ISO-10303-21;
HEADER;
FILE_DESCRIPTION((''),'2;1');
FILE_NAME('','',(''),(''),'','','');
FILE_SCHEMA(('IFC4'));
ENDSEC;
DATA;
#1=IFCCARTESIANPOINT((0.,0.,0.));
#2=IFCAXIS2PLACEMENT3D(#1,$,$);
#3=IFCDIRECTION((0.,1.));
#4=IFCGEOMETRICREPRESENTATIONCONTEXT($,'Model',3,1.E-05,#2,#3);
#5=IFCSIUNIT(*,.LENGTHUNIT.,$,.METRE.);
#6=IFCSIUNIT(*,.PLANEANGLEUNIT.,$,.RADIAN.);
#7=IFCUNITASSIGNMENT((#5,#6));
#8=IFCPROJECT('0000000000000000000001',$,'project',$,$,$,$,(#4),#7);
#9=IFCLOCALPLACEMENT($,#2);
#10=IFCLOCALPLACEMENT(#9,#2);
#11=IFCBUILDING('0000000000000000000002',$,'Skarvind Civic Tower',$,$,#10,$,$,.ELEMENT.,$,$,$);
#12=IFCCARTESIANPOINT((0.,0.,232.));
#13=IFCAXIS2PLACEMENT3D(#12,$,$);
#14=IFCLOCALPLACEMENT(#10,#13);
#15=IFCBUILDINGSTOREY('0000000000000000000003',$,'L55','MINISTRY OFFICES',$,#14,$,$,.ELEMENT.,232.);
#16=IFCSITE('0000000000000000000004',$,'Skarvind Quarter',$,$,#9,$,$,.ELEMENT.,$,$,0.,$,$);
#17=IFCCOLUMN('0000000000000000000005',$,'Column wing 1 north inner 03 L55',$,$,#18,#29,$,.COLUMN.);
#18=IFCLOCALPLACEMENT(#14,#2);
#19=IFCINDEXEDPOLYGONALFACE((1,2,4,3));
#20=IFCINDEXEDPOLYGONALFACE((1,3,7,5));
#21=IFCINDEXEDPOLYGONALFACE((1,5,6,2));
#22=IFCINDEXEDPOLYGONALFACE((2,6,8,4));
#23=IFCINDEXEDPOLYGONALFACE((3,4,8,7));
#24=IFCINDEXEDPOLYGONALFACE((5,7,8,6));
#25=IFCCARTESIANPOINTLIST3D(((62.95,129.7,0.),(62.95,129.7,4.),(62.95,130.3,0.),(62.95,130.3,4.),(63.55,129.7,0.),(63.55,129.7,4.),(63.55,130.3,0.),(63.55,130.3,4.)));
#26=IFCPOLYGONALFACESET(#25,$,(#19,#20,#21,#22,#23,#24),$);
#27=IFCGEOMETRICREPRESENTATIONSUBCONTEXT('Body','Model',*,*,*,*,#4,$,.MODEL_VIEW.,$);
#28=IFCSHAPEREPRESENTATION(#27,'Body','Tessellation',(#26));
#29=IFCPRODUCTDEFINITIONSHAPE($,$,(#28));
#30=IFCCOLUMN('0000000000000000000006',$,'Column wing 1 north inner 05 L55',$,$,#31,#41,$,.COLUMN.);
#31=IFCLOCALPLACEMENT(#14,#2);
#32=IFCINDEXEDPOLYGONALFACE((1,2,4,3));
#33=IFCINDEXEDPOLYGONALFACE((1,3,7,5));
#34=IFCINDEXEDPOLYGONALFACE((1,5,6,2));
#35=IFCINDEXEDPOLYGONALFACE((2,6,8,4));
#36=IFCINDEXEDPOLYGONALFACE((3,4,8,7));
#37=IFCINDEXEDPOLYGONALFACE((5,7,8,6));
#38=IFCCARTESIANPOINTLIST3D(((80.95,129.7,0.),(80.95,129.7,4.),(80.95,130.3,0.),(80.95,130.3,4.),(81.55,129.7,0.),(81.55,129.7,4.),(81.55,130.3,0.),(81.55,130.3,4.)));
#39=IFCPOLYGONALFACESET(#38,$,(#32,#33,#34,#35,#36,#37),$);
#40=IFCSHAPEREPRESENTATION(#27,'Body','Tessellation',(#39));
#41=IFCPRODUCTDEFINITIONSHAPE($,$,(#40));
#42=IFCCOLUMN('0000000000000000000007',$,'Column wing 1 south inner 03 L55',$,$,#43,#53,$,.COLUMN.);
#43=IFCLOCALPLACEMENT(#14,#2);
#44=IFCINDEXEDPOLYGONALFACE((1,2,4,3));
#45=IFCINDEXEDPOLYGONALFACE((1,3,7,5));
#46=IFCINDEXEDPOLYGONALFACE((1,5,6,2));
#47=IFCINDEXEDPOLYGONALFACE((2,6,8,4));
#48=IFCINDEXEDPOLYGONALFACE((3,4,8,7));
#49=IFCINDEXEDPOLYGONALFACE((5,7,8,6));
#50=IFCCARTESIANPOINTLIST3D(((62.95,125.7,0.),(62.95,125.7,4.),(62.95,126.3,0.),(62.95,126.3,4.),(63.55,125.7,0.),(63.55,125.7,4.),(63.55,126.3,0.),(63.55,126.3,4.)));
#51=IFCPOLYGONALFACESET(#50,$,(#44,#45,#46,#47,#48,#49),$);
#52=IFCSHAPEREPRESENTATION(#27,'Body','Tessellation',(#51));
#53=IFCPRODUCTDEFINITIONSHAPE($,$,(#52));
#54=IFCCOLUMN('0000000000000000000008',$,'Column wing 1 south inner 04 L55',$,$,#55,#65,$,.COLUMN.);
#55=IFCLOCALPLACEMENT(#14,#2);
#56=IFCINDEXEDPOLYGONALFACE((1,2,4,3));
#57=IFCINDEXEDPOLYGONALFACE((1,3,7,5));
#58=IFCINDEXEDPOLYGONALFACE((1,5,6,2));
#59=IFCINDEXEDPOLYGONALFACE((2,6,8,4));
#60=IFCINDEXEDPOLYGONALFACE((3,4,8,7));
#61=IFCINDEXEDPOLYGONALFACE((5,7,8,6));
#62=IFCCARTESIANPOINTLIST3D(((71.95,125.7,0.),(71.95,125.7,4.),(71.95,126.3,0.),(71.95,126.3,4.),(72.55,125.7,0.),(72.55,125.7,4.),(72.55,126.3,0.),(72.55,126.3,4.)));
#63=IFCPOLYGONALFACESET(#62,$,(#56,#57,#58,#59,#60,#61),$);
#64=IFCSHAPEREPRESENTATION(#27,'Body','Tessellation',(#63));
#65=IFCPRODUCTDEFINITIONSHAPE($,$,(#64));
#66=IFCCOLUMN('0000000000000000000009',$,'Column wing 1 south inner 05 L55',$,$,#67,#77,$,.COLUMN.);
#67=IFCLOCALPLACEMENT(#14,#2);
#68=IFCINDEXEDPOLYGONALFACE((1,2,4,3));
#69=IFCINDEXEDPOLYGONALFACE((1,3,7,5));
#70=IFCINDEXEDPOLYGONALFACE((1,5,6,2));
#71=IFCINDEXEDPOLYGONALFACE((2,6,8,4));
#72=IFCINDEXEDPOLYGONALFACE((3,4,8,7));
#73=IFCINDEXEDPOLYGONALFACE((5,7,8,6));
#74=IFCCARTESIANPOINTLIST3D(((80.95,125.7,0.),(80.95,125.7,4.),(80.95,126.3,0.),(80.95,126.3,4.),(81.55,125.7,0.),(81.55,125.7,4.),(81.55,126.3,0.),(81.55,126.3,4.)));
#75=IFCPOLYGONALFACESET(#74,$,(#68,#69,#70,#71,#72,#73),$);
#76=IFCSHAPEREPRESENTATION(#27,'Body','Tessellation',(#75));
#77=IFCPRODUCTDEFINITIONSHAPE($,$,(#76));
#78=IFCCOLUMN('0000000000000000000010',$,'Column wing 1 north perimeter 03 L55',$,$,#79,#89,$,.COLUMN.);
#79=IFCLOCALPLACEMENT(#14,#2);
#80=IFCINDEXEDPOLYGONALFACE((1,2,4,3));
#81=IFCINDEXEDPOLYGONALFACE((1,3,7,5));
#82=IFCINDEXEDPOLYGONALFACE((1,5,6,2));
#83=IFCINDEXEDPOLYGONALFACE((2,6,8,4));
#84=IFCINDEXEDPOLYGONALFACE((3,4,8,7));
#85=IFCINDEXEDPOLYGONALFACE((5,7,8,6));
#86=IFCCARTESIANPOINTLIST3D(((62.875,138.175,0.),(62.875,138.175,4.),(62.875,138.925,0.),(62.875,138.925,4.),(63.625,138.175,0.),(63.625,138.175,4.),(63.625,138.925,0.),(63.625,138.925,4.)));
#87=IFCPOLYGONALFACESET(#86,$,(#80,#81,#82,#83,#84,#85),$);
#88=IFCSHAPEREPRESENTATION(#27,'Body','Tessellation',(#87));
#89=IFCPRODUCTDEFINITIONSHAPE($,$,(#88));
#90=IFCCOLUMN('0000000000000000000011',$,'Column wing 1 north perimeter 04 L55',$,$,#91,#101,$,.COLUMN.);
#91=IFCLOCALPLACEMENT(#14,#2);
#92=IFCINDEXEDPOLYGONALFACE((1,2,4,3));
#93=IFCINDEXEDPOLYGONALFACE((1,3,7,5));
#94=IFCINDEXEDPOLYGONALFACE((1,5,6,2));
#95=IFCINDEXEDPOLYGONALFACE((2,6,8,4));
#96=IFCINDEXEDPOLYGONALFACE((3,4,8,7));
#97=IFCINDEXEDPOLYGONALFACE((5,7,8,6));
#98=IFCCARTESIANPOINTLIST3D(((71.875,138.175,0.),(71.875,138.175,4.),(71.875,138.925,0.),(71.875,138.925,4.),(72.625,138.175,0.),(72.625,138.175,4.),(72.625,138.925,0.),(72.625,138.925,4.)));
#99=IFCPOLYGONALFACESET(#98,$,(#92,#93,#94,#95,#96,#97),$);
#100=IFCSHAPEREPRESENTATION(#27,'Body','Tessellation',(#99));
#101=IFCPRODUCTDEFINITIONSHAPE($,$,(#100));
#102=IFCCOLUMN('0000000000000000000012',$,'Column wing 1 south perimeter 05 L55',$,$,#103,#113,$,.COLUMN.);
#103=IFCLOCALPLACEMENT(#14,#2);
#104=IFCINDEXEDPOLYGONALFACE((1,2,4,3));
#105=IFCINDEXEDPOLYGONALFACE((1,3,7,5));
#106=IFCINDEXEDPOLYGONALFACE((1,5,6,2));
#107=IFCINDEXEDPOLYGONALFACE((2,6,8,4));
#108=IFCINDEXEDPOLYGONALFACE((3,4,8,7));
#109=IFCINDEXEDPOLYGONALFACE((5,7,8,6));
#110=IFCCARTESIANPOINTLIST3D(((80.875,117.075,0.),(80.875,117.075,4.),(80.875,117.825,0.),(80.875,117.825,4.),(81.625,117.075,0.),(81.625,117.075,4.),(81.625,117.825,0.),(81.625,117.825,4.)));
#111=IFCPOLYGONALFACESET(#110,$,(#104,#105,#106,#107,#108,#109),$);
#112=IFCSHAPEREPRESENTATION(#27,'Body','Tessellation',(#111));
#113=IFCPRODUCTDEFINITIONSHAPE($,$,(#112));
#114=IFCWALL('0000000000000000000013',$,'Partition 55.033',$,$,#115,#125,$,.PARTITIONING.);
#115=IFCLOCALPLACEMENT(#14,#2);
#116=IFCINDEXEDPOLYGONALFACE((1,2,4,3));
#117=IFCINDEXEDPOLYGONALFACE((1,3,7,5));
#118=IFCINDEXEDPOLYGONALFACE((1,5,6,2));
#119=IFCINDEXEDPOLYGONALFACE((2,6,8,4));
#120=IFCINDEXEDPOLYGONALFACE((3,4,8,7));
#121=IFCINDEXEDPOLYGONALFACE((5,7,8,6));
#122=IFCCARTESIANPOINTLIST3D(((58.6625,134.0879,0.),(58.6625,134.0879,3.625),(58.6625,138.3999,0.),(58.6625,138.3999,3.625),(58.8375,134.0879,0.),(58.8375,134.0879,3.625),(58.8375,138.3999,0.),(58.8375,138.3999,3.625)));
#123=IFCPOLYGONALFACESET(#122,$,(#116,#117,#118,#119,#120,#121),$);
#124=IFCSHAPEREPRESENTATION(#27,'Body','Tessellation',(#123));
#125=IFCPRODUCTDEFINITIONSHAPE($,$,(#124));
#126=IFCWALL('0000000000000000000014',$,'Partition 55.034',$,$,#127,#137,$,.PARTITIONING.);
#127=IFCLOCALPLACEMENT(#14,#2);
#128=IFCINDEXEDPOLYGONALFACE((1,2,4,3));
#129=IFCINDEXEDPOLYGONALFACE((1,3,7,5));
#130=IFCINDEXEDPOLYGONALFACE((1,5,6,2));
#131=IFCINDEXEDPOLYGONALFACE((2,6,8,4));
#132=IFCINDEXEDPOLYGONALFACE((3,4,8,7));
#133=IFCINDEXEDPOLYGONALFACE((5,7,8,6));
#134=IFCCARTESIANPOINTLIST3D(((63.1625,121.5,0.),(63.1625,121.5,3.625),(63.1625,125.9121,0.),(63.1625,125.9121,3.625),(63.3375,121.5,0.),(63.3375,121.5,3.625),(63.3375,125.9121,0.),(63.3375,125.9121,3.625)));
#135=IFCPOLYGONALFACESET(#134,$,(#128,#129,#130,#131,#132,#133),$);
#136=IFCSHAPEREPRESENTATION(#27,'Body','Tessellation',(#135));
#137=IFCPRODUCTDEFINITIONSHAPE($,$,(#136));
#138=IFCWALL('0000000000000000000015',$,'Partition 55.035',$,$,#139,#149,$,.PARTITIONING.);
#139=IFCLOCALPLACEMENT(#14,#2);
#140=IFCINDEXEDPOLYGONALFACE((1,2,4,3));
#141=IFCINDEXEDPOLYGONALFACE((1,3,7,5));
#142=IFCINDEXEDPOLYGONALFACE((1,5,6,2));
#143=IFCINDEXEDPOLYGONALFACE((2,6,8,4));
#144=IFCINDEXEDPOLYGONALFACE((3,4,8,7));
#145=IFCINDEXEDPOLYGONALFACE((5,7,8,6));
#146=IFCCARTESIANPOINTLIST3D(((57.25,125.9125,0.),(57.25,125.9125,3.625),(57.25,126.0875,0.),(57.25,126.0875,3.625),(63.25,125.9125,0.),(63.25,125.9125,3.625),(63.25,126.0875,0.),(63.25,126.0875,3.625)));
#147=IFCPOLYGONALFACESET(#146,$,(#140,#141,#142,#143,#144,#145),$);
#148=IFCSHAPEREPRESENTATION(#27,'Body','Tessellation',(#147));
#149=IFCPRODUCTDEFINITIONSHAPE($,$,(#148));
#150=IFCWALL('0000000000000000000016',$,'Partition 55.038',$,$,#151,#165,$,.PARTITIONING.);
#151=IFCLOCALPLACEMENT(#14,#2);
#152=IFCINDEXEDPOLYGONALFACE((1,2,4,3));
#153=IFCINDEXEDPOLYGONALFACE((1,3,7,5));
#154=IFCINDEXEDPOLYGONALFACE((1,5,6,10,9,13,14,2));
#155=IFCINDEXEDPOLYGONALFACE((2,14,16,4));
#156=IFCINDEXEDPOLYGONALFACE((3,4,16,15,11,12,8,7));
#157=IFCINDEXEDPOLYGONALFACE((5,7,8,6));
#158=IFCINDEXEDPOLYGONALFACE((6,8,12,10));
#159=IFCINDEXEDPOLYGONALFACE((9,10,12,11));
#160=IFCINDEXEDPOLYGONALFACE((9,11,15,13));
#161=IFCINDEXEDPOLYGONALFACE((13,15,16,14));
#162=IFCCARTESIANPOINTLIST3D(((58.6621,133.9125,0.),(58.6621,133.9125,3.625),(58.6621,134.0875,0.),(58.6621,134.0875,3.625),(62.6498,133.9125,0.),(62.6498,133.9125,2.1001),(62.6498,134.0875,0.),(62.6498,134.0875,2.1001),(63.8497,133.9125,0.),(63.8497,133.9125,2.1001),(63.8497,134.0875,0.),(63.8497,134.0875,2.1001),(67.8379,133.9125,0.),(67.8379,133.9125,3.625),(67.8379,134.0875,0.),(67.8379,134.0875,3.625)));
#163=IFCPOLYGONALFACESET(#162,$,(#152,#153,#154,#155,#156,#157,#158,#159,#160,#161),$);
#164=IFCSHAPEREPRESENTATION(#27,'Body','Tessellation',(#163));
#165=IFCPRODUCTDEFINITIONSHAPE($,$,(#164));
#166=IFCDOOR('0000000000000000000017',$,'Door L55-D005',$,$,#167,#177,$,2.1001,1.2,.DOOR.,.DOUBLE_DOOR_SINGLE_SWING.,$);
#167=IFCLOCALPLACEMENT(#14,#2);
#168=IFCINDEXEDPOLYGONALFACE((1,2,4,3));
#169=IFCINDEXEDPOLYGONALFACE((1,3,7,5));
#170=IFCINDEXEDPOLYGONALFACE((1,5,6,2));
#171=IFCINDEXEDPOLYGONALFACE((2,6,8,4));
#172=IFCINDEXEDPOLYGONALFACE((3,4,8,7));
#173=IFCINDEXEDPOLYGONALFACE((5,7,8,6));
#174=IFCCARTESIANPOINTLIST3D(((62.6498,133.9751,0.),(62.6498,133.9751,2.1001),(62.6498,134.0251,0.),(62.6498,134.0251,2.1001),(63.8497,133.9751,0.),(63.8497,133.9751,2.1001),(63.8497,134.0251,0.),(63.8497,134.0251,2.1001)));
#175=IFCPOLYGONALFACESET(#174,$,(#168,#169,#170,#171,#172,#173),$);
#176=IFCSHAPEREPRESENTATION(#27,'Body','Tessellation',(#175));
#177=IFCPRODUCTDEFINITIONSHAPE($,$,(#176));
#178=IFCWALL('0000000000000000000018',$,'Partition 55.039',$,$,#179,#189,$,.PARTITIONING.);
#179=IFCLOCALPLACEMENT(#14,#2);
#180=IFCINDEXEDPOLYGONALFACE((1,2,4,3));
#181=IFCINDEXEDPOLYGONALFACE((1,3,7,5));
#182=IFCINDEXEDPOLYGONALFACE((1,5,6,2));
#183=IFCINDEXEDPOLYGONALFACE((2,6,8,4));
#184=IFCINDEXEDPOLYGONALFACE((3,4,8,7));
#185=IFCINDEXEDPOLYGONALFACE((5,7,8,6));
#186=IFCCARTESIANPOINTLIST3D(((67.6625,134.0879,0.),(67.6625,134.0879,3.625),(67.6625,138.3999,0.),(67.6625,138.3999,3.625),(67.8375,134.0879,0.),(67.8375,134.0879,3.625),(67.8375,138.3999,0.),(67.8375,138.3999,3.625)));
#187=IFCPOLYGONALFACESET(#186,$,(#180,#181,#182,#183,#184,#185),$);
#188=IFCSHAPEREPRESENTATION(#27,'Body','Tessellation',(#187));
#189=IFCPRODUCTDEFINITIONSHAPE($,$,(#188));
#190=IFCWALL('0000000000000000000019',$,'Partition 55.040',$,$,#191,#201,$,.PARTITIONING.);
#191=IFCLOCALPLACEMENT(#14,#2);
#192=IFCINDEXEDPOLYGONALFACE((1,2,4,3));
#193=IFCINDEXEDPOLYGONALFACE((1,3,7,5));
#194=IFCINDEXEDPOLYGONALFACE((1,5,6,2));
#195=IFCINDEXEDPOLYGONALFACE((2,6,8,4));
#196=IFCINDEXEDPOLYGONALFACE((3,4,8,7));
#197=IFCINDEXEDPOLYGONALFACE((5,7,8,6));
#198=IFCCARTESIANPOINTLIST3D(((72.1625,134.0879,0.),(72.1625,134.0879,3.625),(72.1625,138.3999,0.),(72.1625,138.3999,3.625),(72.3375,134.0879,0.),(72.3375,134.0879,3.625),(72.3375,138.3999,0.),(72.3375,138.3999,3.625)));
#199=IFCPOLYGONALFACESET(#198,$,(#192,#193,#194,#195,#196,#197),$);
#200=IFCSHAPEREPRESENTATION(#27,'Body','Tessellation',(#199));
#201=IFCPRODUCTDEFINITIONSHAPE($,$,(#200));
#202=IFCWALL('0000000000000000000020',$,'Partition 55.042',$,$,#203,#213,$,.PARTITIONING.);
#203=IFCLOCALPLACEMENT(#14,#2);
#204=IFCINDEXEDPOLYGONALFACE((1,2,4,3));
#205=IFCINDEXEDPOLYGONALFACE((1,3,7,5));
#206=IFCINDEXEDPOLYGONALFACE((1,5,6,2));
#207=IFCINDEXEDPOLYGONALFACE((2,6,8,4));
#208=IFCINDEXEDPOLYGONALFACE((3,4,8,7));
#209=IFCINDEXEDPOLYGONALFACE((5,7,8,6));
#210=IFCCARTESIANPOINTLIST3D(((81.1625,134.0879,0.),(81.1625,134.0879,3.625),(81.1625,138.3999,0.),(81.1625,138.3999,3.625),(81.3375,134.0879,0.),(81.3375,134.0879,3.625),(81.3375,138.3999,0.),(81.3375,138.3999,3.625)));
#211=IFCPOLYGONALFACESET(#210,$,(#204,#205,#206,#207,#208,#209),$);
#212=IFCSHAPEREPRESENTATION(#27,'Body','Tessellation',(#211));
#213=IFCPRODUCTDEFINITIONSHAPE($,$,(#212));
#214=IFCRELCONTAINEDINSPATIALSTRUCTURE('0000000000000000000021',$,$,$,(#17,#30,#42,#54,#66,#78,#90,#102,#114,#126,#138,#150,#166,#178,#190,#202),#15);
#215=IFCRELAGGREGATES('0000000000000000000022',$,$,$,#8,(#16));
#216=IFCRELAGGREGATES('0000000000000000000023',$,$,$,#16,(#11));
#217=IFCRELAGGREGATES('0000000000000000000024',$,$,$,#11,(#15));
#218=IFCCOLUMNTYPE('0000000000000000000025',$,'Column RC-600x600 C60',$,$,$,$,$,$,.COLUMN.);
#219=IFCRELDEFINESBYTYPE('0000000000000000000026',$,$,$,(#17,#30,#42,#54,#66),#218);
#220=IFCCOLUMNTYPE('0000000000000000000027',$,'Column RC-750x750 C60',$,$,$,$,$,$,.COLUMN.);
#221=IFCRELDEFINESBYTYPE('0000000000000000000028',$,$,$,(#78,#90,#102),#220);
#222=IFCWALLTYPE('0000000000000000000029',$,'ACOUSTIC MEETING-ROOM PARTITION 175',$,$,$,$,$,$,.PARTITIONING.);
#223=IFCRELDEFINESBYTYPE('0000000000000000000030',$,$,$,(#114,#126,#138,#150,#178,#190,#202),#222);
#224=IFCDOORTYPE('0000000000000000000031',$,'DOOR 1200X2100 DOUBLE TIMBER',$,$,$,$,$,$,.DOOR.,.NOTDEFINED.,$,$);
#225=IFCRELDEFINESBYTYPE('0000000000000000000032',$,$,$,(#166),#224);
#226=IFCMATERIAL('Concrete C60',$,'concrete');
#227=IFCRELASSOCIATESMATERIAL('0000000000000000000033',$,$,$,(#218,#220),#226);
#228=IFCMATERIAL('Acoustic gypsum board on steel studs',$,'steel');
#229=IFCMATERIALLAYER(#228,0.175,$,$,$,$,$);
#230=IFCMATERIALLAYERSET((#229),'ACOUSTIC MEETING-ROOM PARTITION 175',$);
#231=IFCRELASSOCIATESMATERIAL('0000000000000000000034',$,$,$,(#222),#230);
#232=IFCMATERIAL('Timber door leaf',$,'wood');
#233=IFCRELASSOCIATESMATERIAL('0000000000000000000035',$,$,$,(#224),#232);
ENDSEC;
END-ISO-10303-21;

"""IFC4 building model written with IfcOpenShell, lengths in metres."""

from ifc_helpers import new_model, si_unit, direction, frame, frame_2d, origin, origin_2d, place, context, subcontext, project, spatial, rectangle, extrude, material, layer, layer_set, material_profile, profile_set, type_object, element, fill, save


model = new_model("IFC4")

# Units and contexts
model_context = context("Model", 3, precision=1e-05, world=origin(), true_north=direction((0.0, 1.0)))
body_context = subcontext(model_context, "Body", "Model", "MODEL_VIEW")
ifc_project = project(units=[si_unit("LENGTHUNIT", "METRE"), si_unit("PLANEANGLEUNIT", "RADIAN")], contexts=[model_context])

# Site, building, storey
site_placement = place(None, origin())
site = spatial("IfcSite", under=ifc_project, at=site_placement, Name="Skarvind Quarter", CompositionType="ELEMENT", RefElevation=0.0)
building_placement = place(site_placement, origin())
building = spatial("IfcBuilding", under=site, at=building_placement, Name="Skarvind Civic Tower", CompositionType="ELEMENT")
storey_placement = place(building_placement, frame((0.0, 0.0, 232.0)))
storey = spatial("IfcBuildingStorey", under=building, at=storey_placement, Name="L55", Description="MINISTRY OFFICES", CompositionType="ELEMENT", Elevation=232.0)

# Columns
ifc_material_1 = material(Name="Concrete C60", Category="concrete")
ifc_material_profile_1 = material_profile(ifc_material_1, rectangle(XDim=0.6001, YDim=0.6001, at=origin_2d()), Name="RC-600x600")
ifc_profile_set_1 = profile_set([ifc_material_profile_1], Name="Concrete C60")
column_type_1 = type_object("IfcColumnType", Name="Column RC-600x600 C60", PredefinedType="COLUMN", material=ifc_profile_set_1)
for number, where, z_axis, x_axis, name in (
    (1, (63.25, 130.0, 0.0), (0.0, 0.0, 1.0), (1.0, 0.0, 0.0), "Column wing 1 north inner 03 L55"),
    (2, (81.25, 130.0, 0.0), (0.0, 0.0, 1.0), (1.0, 0.0, 0.0), "Column wing 1 north inner 05 L55"),
    (3, (63.25, 126.0, 0.0), (0.0, 0.0, 1.0), (1.0, 0.0, 0.0), "Column wing 1 south inner 03 L55"),
    (4, (72.25, 126.0, 0.0), (0.0, 0.0, 1.0), (1.0, 0.0, 0.0), "Column wing 1 south inner 04 L55"),
    (5, (81.25, 126.0, 0.0), (0.0, 0.0, 1.0), (1.0, 0.0, 0.0), "Column wing 1 south inner 05 L55"),
):
    element("IfcColumn", number, at=place(storey_placement, frame(where, z_axis=z_axis, x_axis=x_axis)), inside=storey, type_object=column_type_1, Name=name, PredefinedType="COLUMN", context=body_context, shape_type="SweptSolid", body=[
        extrude(rectangle(XDim=0.6001, YDim=0.6001, at=origin_2d()), origin(), (0.0, 0.0, 1.0), 4.0),
    ])
ifc_material_profile_2 = material_profile(ifc_material_1, rectangle(XDim=0.75, YDim=0.75, at=origin_2d()), Name="RC-750x750")
ifc_profile_set_2 = profile_set([ifc_material_profile_2], Name="Concrete C60")
column_type_2 = type_object("IfcColumnType", Name="Column RC-750x750 C60", PredefinedType="COLUMN", material=ifc_profile_set_2)
for number, where, z_axis, x_axis, name in (
    (6, (63.25, 138.55, 0.0), (0.0, 0.0, 1.0), (1.0, 0.0, 0.0), "Column wing 1 north perimeter 03 L55"),
    (7, (72.25, 138.55, 0.0), (0.0, 0.0, 1.0), (1.0, 0.0, 0.0), "Column wing 1 north perimeter 04 L55"),
    (8, (81.25, 117.45, 0.0), (0.0, 0.0, 1.0), (1.0, 0.0, 0.0), "Column wing 1 south perimeter 05 L55"),
):
    element("IfcColumn", number, at=place(storey_placement, frame(where, z_axis=z_axis, x_axis=x_axis)), inside=storey, type_object=column_type_2, Name=name, PredefinedType="COLUMN", context=body_context, shape_type="SweptSolid", body=[
        extrude(rectangle(XDim=0.75, YDim=0.75, at=origin_2d()), origin(), (0.0, 0.0, 1.0), 4.0),
    ])

# Walls
ifc_material_2 = material(Name="Acoustic gypsum board on steel studs", Category="steel")
ifc_layer_1 = layer(ifc_material_2, 0.175)
ifc_layer_set_1 = layer_set([ifc_layer_1], Name="ACOUSTIC MEETING-ROOM PARTITION 175")
wall_type_1 = type_object("IfcWallType", Name="ACOUSTIC MEETING-ROOM PARTITION 175", PredefinedType="PARTITIONING", material=ifc_layer_set_1)
wall_1_placement = place(storey_placement, frame((58.75, 134.0879, 0.0), z_axis=(0.0, 0.0, 1.0), x_axis=(0.0, 1.0, 0.0)))
element("IfcWall", 9, at=wall_1_placement, inside=storey, type_object=wall_type_1, Name="Partition 55.033", PredefinedType="PARTITIONING", context=body_context, shape_type="SweptSolid", body=[
    extrude(rectangle(XDim=4.312, YDim=0.175, at=frame_2d((2.156, 0.0))), origin(), (0.0, 0.0, 1.0), 3.625),
])
wall_2_placement = place(storey_placement, frame((63.25, 121.5, 0.0), z_axis=(0.0, 0.0, 1.0), x_axis=(0.0, 1.0, 0.0)))
element("IfcWall", 10, at=wall_2_placement, inside=storey, type_object=wall_type_1, Name="Partition 55.034", PredefinedType="PARTITIONING", context=body_context, shape_type="SweptSolid", body=[
    extrude(rectangle(XDim=4.4121, YDim=0.175, at=frame_2d((2.2061, 0.0))), origin(), (0.0, 0.0, 1.0), 3.625),
])
wall_3_placement = place(storey_placement, frame((63.25, 126.0, 0.0), z_axis=(0.0, 0.0, 1.0), x_axis=(-1.0, 0.0, 0.0)))
element("IfcWall", 11, at=wall_3_placement, inside=storey, type_object=wall_type_1, Name="Partition 55.035", PredefinedType="PARTITIONING", context=body_context, shape_type="SweptSolid", body=[
    extrude(rectangle(XDim=6.0, YDim=0.175, at=frame_2d((3.0, 0.0))), origin(), (0.0, 0.0, 1.0), 3.625),
])

# Wall, opening, door
wall_4_placement = place(storey_placement, frame((67.8379, 134.0, 0.0), z_axis=(0.0, 0.0, 1.0), x_axis=(-1.0, 0.0, 0.0)))
wall_4 = element("IfcWall", 12, at=wall_4_placement, inside=storey, type_object=wall_type_1, Name="Partition 55.038", PredefinedType="PARTITIONING", context=body_context, shape_type="SweptSolid", body=[
    extrude(rectangle(XDim=9.1758, YDim=0.175, at=frame_2d((4.5879, 0.0))), origin(), (0.0, 0.0, 1.0), 3.625),
])
opening_1_placement = place(wall_4_placement, frame((3.988, 0.0, 0.0)))
opening_1 = element("IfcOpeningElement", 13, at=opening_1_placement, cuts=wall_4, PredefinedType="OPENING", context=body_context, shape_type="SweptSolid", body=[
    extrude(rectangle(XDim=1.2, YDim=2.1001, at=frame_2d((0.6001, 1.05))), frame((0.0, 0.0974, 0.0), z_axis=(0.0, -1.0, 0.0), x_axis=(1.0, 0.0, 0.0)), (0.0, 0.0, 1.0), 0.1951),
])
ifc_material_3 = material(Name="Timber door leaf", Category="wood")
door_type_1 = type_object("IfcDoorType", Name="DOOR 1200X2100 DOUBLE TIMBER", OperationType="NOTDEFINED", PredefinedType="DOOR", material=ifc_material_3)
door_1_placement = place(opening_1_placement, origin())
door_1 = element("IfcDoor", 14, at=door_1_placement, inside=storey, type_object=door_type_1, Name="Door L55-D005", OperationType="DOUBLE_DOOR_SINGLE_SWING", OverallHeight=2.1001, OverallWidth=1.2, PredefinedType="DOOR", context=body_context, shape_type="SweptSolid", body=[
    extrude(rectangle(XDim=1.2, YDim=2.1001, at=frame_2d((0.6001, 1.05))), frame((0.0, 0.0249, 0.0), z_axis=(0.0, -1.0, 0.0), x_axis=(1.0, 0.0, 0.0)), (0.0, 0.0, 1.0), 0.05),
])
fill(opening_1, door_1)

# Walls
for number, where, z_axis, x_axis, name in (
    (15, (67.75, 138.3999, 0.0), (0.0, 0.0, 1.0), (0.0, -1.0, 0.0), "Partition 55.039"),
    (16, (72.25, 134.0879, 0.0), (0.0, 0.0, 1.0), (0.0, 1.0, 0.0), "Partition 55.040"),
    (17, (81.25, 138.3999, 0.0), (0.0, 0.0, 1.0), (0.0, -1.0, 0.0), "Partition 55.042"),
):
    element("IfcWall", number, at=place(storey_placement, frame(where, z_axis=z_axis, x_axis=x_axis)), inside=storey, type_object=wall_type_1, Name=name, PredefinedType="PARTITIONING", context=body_context, shape_type="SweptSolid", body=[
        extrude(rectangle(XDim=4.312, YDim=0.175, at=frame_2d((2.156, 0.0))), origin(), (0.0, 0.0, 1.0), 3.625),
    ])

save(model, "model.ifc")
